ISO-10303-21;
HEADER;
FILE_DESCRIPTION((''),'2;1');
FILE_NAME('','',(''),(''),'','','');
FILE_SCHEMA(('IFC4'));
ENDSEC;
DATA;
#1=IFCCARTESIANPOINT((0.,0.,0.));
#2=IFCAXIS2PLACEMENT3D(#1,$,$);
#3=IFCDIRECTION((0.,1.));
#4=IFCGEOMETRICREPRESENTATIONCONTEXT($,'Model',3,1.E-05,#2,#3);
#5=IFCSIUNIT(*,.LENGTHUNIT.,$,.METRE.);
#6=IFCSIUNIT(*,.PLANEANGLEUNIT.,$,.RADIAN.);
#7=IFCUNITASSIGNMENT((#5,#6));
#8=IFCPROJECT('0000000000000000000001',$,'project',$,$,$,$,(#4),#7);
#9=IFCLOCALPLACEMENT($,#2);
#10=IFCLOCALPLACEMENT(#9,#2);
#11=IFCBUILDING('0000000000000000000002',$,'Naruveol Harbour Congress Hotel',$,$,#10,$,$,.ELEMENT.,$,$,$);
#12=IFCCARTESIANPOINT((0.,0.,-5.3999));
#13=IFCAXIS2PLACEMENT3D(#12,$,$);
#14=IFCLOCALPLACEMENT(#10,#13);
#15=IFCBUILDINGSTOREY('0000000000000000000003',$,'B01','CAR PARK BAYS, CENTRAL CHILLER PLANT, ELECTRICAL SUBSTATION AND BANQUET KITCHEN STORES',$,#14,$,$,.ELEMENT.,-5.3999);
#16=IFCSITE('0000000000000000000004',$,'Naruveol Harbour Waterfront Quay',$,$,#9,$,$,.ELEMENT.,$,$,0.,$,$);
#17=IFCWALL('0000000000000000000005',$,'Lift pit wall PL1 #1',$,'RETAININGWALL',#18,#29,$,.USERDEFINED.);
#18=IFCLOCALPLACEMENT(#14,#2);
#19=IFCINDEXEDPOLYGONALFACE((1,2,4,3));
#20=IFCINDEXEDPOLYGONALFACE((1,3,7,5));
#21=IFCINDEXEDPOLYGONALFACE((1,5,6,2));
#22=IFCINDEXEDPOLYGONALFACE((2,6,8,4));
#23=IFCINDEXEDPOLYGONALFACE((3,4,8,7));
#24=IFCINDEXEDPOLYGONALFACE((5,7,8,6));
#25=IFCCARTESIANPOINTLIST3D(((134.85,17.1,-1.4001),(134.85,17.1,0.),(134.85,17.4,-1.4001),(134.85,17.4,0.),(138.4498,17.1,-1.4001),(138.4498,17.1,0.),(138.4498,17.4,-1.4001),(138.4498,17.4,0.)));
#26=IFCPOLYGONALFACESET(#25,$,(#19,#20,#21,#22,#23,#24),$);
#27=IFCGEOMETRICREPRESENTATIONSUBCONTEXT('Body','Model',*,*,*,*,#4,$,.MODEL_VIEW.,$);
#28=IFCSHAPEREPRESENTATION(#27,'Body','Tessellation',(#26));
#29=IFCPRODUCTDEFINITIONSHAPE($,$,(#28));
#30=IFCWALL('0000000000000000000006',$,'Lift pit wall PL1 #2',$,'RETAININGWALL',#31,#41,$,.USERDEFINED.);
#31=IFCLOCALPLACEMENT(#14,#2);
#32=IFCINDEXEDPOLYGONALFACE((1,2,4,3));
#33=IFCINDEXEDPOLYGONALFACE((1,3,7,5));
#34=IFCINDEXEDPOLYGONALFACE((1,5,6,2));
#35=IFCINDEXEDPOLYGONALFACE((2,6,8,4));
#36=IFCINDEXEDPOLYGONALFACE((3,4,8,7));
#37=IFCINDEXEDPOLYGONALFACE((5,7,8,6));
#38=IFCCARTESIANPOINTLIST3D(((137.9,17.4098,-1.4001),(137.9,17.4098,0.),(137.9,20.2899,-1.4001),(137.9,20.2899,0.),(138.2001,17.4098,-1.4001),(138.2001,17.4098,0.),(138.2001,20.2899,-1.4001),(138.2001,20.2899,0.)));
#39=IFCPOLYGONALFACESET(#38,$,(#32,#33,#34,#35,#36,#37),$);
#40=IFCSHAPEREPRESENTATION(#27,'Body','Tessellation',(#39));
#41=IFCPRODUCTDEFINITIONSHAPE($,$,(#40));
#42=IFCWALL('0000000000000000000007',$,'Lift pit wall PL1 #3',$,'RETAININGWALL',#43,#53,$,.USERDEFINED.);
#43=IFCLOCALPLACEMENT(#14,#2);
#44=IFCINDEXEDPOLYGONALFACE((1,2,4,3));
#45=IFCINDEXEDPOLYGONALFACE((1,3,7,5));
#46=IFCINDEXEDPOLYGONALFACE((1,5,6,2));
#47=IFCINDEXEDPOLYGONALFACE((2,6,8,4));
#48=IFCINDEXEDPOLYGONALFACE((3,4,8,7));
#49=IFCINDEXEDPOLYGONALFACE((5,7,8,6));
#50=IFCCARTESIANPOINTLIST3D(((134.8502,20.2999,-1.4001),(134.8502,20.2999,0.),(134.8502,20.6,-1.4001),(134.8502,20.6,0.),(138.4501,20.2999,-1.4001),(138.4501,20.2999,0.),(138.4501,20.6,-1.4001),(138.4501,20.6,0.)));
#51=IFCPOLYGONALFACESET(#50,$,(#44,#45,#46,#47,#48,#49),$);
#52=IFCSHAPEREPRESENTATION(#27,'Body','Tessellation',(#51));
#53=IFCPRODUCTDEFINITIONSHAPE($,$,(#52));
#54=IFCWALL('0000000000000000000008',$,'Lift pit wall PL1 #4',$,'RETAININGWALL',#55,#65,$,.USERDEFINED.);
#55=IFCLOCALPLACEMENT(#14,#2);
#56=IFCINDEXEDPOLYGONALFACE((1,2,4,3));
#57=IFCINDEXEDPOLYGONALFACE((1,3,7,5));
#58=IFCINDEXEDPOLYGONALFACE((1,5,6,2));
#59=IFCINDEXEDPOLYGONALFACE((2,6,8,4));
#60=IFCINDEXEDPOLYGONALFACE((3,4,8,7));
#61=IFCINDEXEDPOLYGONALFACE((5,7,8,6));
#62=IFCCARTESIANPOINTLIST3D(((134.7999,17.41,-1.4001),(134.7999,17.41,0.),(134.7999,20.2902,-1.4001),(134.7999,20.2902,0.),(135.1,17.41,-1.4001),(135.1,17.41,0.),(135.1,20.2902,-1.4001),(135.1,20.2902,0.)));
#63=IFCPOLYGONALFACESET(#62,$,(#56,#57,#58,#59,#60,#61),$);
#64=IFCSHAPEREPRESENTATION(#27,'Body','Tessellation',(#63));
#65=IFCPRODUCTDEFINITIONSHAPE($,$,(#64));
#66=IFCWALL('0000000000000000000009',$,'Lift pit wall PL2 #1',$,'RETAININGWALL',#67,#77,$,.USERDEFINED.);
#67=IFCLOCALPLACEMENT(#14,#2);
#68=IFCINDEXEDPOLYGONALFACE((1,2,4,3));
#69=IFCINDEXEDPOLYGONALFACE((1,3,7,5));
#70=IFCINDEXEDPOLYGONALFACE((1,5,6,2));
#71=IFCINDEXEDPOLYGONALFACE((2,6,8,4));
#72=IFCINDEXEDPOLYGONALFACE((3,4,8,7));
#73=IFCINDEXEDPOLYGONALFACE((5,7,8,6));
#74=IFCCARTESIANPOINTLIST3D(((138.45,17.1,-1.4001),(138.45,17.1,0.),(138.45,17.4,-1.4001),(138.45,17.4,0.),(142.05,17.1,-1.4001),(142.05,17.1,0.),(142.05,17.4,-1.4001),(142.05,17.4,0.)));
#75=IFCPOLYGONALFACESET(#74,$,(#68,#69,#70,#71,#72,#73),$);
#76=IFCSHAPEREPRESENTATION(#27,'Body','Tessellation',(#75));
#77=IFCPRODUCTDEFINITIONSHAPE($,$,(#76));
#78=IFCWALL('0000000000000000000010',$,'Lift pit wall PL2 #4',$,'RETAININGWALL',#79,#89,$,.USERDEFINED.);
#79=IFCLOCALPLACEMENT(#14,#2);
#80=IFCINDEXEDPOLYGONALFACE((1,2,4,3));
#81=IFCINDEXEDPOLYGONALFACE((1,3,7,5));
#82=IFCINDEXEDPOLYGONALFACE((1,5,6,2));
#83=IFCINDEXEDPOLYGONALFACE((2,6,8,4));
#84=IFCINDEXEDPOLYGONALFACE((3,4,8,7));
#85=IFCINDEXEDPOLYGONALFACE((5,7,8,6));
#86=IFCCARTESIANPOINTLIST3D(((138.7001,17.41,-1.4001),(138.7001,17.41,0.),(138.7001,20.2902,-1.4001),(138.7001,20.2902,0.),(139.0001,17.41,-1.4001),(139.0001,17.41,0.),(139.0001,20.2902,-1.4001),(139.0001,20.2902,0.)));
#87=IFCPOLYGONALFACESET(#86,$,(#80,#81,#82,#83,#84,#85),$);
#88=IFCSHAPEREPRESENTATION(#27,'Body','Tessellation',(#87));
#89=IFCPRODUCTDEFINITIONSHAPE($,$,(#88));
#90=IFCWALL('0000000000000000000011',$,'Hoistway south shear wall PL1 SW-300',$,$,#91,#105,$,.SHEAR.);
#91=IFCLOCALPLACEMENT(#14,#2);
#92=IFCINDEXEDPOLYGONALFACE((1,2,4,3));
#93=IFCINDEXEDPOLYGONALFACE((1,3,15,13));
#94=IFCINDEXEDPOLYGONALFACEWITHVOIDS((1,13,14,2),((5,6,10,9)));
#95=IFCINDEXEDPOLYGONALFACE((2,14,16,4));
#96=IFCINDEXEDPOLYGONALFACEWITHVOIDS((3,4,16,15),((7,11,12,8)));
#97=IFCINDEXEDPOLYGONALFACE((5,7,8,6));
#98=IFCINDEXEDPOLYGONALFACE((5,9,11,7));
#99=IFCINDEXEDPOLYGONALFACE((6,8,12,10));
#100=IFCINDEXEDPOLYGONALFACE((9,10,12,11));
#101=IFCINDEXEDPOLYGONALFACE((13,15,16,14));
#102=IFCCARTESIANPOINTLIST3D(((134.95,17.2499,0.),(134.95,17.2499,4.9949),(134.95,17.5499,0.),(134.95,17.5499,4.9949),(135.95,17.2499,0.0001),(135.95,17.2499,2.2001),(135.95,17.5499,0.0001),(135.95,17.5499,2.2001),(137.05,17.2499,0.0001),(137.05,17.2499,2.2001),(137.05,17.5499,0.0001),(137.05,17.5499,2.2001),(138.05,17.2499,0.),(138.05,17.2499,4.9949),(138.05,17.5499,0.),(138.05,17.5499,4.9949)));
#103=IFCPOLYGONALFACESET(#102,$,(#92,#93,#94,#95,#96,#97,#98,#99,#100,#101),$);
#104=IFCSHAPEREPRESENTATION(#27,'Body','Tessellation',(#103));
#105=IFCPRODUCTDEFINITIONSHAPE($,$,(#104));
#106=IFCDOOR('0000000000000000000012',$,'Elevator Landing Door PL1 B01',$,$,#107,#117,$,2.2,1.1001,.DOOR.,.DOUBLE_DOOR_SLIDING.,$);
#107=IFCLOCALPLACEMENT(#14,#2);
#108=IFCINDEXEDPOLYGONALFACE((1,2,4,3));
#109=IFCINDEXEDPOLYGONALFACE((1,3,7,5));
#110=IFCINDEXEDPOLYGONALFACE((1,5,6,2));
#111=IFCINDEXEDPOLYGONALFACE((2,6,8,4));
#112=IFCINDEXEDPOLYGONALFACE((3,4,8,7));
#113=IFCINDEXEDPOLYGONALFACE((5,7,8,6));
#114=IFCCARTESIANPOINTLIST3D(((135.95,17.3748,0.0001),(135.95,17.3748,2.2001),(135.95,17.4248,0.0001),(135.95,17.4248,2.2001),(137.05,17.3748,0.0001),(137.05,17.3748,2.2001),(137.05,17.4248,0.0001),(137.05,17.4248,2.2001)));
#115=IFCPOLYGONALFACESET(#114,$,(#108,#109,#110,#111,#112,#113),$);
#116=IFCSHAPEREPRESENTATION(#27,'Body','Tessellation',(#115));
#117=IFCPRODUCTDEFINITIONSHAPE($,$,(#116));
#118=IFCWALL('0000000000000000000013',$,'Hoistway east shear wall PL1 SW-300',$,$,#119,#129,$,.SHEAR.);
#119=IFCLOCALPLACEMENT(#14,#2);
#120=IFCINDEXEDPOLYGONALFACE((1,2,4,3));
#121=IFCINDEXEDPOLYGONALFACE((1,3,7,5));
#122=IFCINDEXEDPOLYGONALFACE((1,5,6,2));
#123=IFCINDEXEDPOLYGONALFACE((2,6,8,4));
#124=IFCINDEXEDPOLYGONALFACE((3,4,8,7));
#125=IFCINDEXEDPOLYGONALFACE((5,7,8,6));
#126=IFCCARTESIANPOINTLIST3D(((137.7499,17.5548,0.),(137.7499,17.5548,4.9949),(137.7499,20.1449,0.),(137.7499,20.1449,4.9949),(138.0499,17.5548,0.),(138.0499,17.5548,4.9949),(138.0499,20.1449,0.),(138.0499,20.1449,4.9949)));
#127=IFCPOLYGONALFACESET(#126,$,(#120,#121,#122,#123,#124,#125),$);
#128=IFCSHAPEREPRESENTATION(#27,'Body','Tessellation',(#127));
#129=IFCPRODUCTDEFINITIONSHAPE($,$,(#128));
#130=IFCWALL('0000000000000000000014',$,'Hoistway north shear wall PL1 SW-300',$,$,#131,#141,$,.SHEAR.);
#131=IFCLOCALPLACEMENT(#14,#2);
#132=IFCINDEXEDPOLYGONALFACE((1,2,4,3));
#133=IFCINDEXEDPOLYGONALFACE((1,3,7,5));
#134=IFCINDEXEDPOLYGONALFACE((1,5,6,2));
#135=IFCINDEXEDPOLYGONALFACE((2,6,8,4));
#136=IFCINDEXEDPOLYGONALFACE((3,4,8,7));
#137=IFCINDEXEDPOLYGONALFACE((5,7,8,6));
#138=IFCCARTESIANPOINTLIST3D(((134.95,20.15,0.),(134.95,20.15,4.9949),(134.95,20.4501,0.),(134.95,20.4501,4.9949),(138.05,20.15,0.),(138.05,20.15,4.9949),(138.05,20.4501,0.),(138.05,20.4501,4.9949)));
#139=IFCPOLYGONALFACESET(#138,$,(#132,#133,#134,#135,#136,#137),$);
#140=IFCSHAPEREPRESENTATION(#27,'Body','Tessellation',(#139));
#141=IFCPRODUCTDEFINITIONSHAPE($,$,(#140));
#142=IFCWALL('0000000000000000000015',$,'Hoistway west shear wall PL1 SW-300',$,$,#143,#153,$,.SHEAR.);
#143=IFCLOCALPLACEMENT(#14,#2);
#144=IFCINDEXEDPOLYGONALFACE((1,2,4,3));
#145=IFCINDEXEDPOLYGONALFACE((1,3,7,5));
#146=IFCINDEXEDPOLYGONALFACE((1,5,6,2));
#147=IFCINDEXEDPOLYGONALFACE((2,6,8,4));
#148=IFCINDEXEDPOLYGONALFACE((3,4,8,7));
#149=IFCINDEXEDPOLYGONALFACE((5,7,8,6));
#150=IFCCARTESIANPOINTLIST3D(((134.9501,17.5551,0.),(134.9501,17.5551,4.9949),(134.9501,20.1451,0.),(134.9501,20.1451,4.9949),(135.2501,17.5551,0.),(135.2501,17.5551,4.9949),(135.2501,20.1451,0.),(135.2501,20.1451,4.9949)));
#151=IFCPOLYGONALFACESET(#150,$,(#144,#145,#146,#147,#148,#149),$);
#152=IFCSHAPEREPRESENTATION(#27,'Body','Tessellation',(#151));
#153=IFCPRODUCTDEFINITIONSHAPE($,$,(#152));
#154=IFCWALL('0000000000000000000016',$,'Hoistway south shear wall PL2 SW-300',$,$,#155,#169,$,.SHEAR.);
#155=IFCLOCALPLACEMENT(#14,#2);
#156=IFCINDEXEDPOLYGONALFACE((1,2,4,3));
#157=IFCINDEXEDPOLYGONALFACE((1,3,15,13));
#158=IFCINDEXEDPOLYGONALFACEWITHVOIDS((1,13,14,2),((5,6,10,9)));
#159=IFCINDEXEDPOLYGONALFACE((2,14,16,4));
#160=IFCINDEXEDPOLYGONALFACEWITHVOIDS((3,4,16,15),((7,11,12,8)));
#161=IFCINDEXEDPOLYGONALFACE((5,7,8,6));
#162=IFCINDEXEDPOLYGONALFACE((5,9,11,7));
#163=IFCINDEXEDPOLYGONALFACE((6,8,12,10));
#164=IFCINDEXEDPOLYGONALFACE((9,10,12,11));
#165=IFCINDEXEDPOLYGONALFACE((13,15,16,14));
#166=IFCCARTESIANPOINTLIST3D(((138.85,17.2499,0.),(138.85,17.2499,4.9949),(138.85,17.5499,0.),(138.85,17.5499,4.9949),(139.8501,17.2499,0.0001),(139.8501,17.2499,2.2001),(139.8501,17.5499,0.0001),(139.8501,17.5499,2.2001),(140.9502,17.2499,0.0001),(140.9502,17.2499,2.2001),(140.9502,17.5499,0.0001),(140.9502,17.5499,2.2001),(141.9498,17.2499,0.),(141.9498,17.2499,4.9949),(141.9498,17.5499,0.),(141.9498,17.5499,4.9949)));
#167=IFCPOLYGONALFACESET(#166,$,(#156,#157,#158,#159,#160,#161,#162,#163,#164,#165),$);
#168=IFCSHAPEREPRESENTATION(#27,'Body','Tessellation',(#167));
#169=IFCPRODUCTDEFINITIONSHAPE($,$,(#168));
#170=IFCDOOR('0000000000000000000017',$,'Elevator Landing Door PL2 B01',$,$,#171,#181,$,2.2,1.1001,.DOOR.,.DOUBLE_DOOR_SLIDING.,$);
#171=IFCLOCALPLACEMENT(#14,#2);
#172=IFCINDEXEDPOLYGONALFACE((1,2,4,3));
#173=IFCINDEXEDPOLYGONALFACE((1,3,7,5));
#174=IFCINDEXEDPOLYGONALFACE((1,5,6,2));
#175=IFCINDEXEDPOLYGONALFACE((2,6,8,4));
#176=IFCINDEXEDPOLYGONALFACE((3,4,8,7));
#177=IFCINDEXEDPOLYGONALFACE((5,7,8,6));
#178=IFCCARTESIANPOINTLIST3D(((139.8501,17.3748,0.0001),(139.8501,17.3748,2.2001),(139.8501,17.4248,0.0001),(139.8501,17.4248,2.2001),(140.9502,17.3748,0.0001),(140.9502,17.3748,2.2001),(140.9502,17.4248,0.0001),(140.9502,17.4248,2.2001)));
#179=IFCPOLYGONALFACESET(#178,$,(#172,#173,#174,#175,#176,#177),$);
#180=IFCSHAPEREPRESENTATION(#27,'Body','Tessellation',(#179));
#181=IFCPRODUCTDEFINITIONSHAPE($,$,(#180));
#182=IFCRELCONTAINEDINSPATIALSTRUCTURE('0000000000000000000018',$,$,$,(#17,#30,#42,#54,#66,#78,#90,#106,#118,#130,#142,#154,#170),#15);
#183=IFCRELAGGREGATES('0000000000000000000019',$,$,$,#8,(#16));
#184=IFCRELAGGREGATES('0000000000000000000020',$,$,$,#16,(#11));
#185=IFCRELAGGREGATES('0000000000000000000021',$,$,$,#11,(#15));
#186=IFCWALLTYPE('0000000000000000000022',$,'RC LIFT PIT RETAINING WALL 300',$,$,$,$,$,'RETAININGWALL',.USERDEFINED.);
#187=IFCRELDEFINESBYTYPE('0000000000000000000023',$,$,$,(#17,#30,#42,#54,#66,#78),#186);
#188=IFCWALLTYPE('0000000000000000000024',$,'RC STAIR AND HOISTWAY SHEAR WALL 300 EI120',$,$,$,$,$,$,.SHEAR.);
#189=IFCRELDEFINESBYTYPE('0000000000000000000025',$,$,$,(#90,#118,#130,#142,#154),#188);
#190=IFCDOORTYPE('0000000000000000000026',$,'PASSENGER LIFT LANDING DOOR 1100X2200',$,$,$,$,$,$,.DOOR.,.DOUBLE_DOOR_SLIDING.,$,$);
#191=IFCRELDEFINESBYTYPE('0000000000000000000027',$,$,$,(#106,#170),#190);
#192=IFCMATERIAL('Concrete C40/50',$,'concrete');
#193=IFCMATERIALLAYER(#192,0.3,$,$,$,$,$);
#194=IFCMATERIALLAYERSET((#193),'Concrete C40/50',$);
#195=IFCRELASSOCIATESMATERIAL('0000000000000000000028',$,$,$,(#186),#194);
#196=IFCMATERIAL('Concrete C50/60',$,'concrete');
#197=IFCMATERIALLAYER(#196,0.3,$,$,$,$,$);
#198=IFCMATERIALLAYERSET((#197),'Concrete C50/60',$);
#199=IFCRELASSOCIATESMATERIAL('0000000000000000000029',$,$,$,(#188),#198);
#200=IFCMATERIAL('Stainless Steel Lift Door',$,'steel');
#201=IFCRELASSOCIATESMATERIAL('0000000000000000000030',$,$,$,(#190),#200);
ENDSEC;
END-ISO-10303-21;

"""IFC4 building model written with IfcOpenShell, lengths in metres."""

from ifc_helpers import new_model, si_unit, direction, frame, frame_2d, origin, place, context, subcontext, project, spatial, rectangle, extrude, material, layer, layer_set, type_object, element, fill, save


model = new_model("IFC4")

# Units and contexts
model_context = context("Model", 3, precision=1e-05, world=origin(), true_north=direction((0.0, 1.0)))
body_context = subcontext(model_context, "Body", "Model", "MODEL_VIEW")
ifc_project = project(units=[si_unit("LENGTHUNIT", "METRE"), si_unit("PLANEANGLEUNIT", "RADIAN")], contexts=[model_context])

# Site, building, storey
site_placement = place(None, origin())
site = spatial("IfcSite", under=ifc_project, at=site_placement, Name="Naruveol Harbour Waterfront Quay", CompositionType="ELEMENT", RefElevation=0.0)
building_placement = place(site_placement, origin())
building = spatial("IfcBuilding", under=site, at=building_placement, Name="Naruveol Harbour Congress Hotel", CompositionType="ELEMENT")
storey_placement = place(building_placement, frame((0.0, 0.0, -5.3999)))
storey = spatial("IfcBuildingStorey", under=building, at=storey_placement, Name="B01", Description="CAR PARK BAYS, CENTRAL CHILLER PLANT, ELECTRICAL SUBSTATION AND BANQUET KITCHEN STORES", CompositionType="ELEMENT", Elevation=-5.3999)

# Walls
ifc_material_1 = material(Name="Concrete C40/50", Category="concrete")
ifc_layer_1 = layer(ifc_material_1, 0.3)
ifc_layer_set_1 = layer_set([ifc_layer_1], Name="Concrete C40/50")
wall_type_1 = type_object("IfcWallType", Name="RC LIFT PIT RETAINING WALL 300", ElementType="RETAININGWALL", PredefinedType="USERDEFINED", material=ifc_layer_set_1)
wall_1_placement = place(storey_placement, frame((134.8501, 17.25, -1.4001), z_axis=(0.0, 0.0, 1.0), x_axis=(1.0, 0.0, 0.0)))
element("IfcWall", 1, at=wall_1_placement, inside=storey, type_object=wall_type_1, Name="Lift pit wall PL1 #1", ObjectType="RETAININGWALL", PredefinedType="USERDEFINED", context=body_context, shape_type="SweptSolid", body=[
    extrude(rectangle(XDim=3.5999, YDim=0.3, at=frame_2d((1.7998, 0.0))), origin(), (0.0, 0.0, 1.0), 1.4001),
])
wall_2_placement = place(storey_placement, frame((138.05, 17.4099, -1.4001), z_axis=(0.0, 0.0, 1.0), x_axis=(0.0, 1.0, 0.0)))
element("IfcWall", 2, at=wall_2_placement, inside=storey, type_object=wall_type_1, Name="Lift pit wall PL1 #2", ObjectType="RETAININGWALL", PredefinedType="USERDEFINED", context=body_context, shape_type="SweptSolid", body=[
    extrude(rectangle(XDim=2.8801, YDim=0.3, at=frame_2d((1.4399, 0.0))), origin(), (0.0, 0.0, 1.0), 1.4001),
])
wall_3_placement = place(storey_placement, frame((138.45, 20.45, -1.4001), z_axis=(0.0, 0.0, 1.0), x_axis=(-1.0, 0.0, 0.0)))
element("IfcWall", 3, at=wall_3_placement, inside=storey, type_object=wall_type_1, Name="Lift pit wall PL1 #3", ObjectType="RETAININGWALL", PredefinedType="USERDEFINED", context=body_context, shape_type="SweptSolid", body=[
    extrude(rectangle(XDim=3.5999, YDim=0.3, at=frame_2d((1.7998, 0.0))), origin(), (0.0, 0.0, 1.0), 1.4001),
])
wall_4_placement = place(storey_placement, frame((134.95, 20.29, -1.4001), z_axis=(0.0, 0.0, 1.0), x_axis=(0.0, -1.0, 0.0)))
element("IfcWall", 4, at=wall_4_placement, inside=storey, type_object=wall_type_1, Name="Lift pit wall PL1 #4", ObjectType="RETAININGWALL", PredefinedType="USERDEFINED", context=body_context, shape_type="SweptSolid", body=[
    extrude(rectangle(XDim=2.8801, YDim=0.3, at=frame_2d((1.4399, 0.0))), origin(), (0.0, 0.0, 1.0), 1.4001),
])
wall_5_placement = place(storey_placement, frame((138.45, 17.25, -1.4001), z_axis=(0.0, 0.0, 1.0), x_axis=(1.0, 0.0, 0.0)))
element("IfcWall", 5, at=wall_5_placement, inside=storey, type_object=wall_type_1, Name="Lift pit wall PL2 #1", ObjectType="RETAININGWALL", PredefinedType="USERDEFINED", context=body_context, shape_type="SweptSolid", body=[
    extrude(rectangle(XDim=3.6001, YDim=0.3, at=frame_2d((1.8, 0.0))), origin(), (0.0, 0.0, 1.0), 1.4001),
])
wall_6_placement = place(storey_placement, frame((138.8501, 20.29, -1.4001), z_axis=(0.0, 0.0, 1.0), x_axis=(0.0, -1.0, 0.0)))
element("IfcWall", 6, at=wall_6_placement, inside=storey, type_object=wall_type_1, Name="Lift pit wall PL2 #4", ObjectType="RETAININGWALL", PredefinedType="USERDEFINED", context=body_context, shape_type="SweptSolid", body=[
    extrude(rectangle(XDim=2.8801, YDim=0.3, at=frame_2d((1.4399, 0.0))), origin(), (0.0, 0.0, 1.0), 1.4001),
])

# Wall, opening, door
ifc_material_2 = material(Name="Concrete C50/60", Category="concrete")
ifc_layer_2 = layer(ifc_material_2, 0.3)
ifc_layer_set_2 = layer_set([ifc_layer_2], Name="Concrete C50/60")
wall_type_2 = type_object("IfcWallType", Name="RC STAIR AND HOISTWAY SHEAR WALL 300 EI120", PredefinedType="SHEAR", material=ifc_layer_set_2)
wall_7_placement = place(storey_placement, frame((134.95, 17.3999, 0.0), z_axis=(0.0, 0.0, 1.0), x_axis=(1.0, 0.0, 0.0)))
wall_7 = element("IfcWall", 7, at=wall_7_placement, inside=storey, type_object=wall_type_2, Name="Hoistway south shear wall PL1 SW-300", PredefinedType="SHEAR", context=body_context, shape_type="SweptSolid", body=[
    extrude(rectangle(XDim=3.1001, YDim=0.3, at=frame_2d((1.55, 0.0))), origin(), (0.0, 0.0, 1.0), 4.9949),
])
opening_1_placement = place(wall_7_placement, frame((1.0, 0.0, 0.0)))
opening_1 = element("IfcOpeningElement", 8, at=opening_1_placement, cuts=wall_7, PredefinedType="OPENING", context=body_context, shape_type="SweptSolid", body=[
    extrude(rectangle(XDim=1.1001, YDim=2.2, at=frame_2d((0.55, 1.1001))), frame((0.0, 0.1599, 0.0), z_axis=(0.0, -1.0, 0.0), x_axis=(1.0, 0.0, 0.0)), (0.0, 0.0, 1.0), 0.3201),
])
ifc_material_3 = material(Name="Stainless Steel Lift Door", Category="steel")
door_type = type_object("IfcDoorType", Name="PASSENGER LIFT LANDING DOOR 1100X2200", OperationType="DOUBLE_DOOR_SLIDING", PredefinedType="DOOR", material=ifc_material_3)
door_1_placement = place(opening_1_placement, origin())
door_1 = element("IfcDoor", 9, at=door_1_placement, inside=storey, type_object=door_type, Name="Elevator Landing Door PL1 B01", OperationType="DOUBLE_DOOR_SLIDING", OverallHeight=2.2, OverallWidth=1.1001, PredefinedType="DOOR", context=body_context, shape_type="SweptSolid", body=[
    extrude(rectangle(XDim=1.1001, YDim=2.2, at=frame_2d((0.55, 1.1001))), frame((0.0, 0.0249, 0.0), z_axis=(0.0, -1.0, 0.0), x_axis=(1.0, 0.0, 0.0)), (0.0, 0.0, 1.0), 0.05),
])
fill(opening_1, door_1)

# Walls
wall_8_placement = place(storey_placement, frame((137.8999, 17.5549, 0.0), z_axis=(0.0, 0.0, 1.0), x_axis=(0.0, 1.0, 0.0)))
element("IfcWall", 10, at=wall_8_placement, inside=storey, type_object=wall_type_2, Name="Hoistway east shear wall PL1 SW-300", PredefinedType="SHEAR", context=body_context, shape_type="SweptSolid", body=[
    extrude(rectangle(XDim=2.5901, YDim=0.3, at=frame_2d((1.2949, 0.0))), origin(), (0.0, 0.0, 1.0), 4.9949),
])
wall_9_placement = place(storey_placement, frame((138.05, 20.3, 0.0), z_axis=(0.0, 0.0, 1.0), x_axis=(-1.0, 0.0, 0.0)))
element("IfcWall", 11, at=wall_9_placement, inside=storey, type_object=wall_type_2, Name="Hoistway north shear wall PL1 SW-300", PredefinedType="SHEAR", context=body_context, shape_type="SweptSolid", body=[
    extrude(rectangle(XDim=3.1001, YDim=0.3, at=frame_2d((1.55, 0.0))), origin(), (0.0, 0.0, 1.0), 4.9949),
])
wall_10_placement = place(storey_placement, frame((135.1001, 20.145, 0.0), z_axis=(0.0, 0.0, 1.0), x_axis=(0.0, -1.0, 0.0)))
element("IfcWall", 12, at=wall_10_placement, inside=storey, type_object=wall_type_2, Name="Hoistway west shear wall PL1 SW-300", PredefinedType="SHEAR", context=body_context, shape_type="SweptSolid", body=[
    extrude(rectangle(XDim=2.5901, YDim=0.3, at=frame_2d((1.2949, 0.0))), origin(), (0.0, 0.0, 1.0), 4.9949),
])

# Wall, opening, door
wall_11_placement = place(storey_placement, frame((138.8501, 17.3999, 0.0), z_axis=(0.0, 0.0, 1.0), x_axis=(1.0, 0.0, 0.0)))
wall_11 = element("IfcWall", 13, at=wall_11_placement, inside=storey, type_object=wall_type_2, Name="Hoistway south shear wall PL2 SW-300", PredefinedType="SHEAR", context=body_context, shape_type="SweptSolid", body=[
    extrude(rectangle(XDim=3.0999, YDim=0.3, at=frame_2d((1.5498, 0.0))), origin(), (0.0, 0.0, 1.0), 4.9949),
])
opening_2_placement = place(wall_11_placement, frame((1.0, 0.0, 0.0)))
opening_2 = element("IfcOpeningElement", 14, at=opening_2_placement, cuts=wall_11, PredefinedType="OPENING", context=body_context, shape_type="SweptSolid", body=[
    extrude(rectangle(XDim=1.1001, YDim=2.2, at=frame_2d((0.55, 1.1001))), frame((0.0, 0.1599, 0.0), z_axis=(0.0, -1.0, 0.0), x_axis=(1.0, 0.0, 0.0)), (0.0, 0.0, 1.0), 0.3201),
])
door_2_placement = place(opening_2_placement, origin())
door_2 = element("IfcDoor", 15, at=door_2_placement, inside=storey, type_object=door_type, Name="Elevator Landing Door PL2 B01", OperationType="DOUBLE_DOOR_SLIDING", OverallHeight=2.2, OverallWidth=1.1001, PredefinedType="DOOR", context=body_context, shape_type="SweptSolid", body=[
    extrude(rectangle(XDim=1.1001, YDim=2.2, at=frame_2d((0.55, 1.1001))), frame((0.0, 0.0249, 0.0), z_axis=(0.0, -1.0, 0.0), x_axis=(1.0, 0.0, 0.0)), (0.0, 0.0, 1.0), 0.05),
])
fill(opening_2, door_2)

save(model, "model.ifc")
